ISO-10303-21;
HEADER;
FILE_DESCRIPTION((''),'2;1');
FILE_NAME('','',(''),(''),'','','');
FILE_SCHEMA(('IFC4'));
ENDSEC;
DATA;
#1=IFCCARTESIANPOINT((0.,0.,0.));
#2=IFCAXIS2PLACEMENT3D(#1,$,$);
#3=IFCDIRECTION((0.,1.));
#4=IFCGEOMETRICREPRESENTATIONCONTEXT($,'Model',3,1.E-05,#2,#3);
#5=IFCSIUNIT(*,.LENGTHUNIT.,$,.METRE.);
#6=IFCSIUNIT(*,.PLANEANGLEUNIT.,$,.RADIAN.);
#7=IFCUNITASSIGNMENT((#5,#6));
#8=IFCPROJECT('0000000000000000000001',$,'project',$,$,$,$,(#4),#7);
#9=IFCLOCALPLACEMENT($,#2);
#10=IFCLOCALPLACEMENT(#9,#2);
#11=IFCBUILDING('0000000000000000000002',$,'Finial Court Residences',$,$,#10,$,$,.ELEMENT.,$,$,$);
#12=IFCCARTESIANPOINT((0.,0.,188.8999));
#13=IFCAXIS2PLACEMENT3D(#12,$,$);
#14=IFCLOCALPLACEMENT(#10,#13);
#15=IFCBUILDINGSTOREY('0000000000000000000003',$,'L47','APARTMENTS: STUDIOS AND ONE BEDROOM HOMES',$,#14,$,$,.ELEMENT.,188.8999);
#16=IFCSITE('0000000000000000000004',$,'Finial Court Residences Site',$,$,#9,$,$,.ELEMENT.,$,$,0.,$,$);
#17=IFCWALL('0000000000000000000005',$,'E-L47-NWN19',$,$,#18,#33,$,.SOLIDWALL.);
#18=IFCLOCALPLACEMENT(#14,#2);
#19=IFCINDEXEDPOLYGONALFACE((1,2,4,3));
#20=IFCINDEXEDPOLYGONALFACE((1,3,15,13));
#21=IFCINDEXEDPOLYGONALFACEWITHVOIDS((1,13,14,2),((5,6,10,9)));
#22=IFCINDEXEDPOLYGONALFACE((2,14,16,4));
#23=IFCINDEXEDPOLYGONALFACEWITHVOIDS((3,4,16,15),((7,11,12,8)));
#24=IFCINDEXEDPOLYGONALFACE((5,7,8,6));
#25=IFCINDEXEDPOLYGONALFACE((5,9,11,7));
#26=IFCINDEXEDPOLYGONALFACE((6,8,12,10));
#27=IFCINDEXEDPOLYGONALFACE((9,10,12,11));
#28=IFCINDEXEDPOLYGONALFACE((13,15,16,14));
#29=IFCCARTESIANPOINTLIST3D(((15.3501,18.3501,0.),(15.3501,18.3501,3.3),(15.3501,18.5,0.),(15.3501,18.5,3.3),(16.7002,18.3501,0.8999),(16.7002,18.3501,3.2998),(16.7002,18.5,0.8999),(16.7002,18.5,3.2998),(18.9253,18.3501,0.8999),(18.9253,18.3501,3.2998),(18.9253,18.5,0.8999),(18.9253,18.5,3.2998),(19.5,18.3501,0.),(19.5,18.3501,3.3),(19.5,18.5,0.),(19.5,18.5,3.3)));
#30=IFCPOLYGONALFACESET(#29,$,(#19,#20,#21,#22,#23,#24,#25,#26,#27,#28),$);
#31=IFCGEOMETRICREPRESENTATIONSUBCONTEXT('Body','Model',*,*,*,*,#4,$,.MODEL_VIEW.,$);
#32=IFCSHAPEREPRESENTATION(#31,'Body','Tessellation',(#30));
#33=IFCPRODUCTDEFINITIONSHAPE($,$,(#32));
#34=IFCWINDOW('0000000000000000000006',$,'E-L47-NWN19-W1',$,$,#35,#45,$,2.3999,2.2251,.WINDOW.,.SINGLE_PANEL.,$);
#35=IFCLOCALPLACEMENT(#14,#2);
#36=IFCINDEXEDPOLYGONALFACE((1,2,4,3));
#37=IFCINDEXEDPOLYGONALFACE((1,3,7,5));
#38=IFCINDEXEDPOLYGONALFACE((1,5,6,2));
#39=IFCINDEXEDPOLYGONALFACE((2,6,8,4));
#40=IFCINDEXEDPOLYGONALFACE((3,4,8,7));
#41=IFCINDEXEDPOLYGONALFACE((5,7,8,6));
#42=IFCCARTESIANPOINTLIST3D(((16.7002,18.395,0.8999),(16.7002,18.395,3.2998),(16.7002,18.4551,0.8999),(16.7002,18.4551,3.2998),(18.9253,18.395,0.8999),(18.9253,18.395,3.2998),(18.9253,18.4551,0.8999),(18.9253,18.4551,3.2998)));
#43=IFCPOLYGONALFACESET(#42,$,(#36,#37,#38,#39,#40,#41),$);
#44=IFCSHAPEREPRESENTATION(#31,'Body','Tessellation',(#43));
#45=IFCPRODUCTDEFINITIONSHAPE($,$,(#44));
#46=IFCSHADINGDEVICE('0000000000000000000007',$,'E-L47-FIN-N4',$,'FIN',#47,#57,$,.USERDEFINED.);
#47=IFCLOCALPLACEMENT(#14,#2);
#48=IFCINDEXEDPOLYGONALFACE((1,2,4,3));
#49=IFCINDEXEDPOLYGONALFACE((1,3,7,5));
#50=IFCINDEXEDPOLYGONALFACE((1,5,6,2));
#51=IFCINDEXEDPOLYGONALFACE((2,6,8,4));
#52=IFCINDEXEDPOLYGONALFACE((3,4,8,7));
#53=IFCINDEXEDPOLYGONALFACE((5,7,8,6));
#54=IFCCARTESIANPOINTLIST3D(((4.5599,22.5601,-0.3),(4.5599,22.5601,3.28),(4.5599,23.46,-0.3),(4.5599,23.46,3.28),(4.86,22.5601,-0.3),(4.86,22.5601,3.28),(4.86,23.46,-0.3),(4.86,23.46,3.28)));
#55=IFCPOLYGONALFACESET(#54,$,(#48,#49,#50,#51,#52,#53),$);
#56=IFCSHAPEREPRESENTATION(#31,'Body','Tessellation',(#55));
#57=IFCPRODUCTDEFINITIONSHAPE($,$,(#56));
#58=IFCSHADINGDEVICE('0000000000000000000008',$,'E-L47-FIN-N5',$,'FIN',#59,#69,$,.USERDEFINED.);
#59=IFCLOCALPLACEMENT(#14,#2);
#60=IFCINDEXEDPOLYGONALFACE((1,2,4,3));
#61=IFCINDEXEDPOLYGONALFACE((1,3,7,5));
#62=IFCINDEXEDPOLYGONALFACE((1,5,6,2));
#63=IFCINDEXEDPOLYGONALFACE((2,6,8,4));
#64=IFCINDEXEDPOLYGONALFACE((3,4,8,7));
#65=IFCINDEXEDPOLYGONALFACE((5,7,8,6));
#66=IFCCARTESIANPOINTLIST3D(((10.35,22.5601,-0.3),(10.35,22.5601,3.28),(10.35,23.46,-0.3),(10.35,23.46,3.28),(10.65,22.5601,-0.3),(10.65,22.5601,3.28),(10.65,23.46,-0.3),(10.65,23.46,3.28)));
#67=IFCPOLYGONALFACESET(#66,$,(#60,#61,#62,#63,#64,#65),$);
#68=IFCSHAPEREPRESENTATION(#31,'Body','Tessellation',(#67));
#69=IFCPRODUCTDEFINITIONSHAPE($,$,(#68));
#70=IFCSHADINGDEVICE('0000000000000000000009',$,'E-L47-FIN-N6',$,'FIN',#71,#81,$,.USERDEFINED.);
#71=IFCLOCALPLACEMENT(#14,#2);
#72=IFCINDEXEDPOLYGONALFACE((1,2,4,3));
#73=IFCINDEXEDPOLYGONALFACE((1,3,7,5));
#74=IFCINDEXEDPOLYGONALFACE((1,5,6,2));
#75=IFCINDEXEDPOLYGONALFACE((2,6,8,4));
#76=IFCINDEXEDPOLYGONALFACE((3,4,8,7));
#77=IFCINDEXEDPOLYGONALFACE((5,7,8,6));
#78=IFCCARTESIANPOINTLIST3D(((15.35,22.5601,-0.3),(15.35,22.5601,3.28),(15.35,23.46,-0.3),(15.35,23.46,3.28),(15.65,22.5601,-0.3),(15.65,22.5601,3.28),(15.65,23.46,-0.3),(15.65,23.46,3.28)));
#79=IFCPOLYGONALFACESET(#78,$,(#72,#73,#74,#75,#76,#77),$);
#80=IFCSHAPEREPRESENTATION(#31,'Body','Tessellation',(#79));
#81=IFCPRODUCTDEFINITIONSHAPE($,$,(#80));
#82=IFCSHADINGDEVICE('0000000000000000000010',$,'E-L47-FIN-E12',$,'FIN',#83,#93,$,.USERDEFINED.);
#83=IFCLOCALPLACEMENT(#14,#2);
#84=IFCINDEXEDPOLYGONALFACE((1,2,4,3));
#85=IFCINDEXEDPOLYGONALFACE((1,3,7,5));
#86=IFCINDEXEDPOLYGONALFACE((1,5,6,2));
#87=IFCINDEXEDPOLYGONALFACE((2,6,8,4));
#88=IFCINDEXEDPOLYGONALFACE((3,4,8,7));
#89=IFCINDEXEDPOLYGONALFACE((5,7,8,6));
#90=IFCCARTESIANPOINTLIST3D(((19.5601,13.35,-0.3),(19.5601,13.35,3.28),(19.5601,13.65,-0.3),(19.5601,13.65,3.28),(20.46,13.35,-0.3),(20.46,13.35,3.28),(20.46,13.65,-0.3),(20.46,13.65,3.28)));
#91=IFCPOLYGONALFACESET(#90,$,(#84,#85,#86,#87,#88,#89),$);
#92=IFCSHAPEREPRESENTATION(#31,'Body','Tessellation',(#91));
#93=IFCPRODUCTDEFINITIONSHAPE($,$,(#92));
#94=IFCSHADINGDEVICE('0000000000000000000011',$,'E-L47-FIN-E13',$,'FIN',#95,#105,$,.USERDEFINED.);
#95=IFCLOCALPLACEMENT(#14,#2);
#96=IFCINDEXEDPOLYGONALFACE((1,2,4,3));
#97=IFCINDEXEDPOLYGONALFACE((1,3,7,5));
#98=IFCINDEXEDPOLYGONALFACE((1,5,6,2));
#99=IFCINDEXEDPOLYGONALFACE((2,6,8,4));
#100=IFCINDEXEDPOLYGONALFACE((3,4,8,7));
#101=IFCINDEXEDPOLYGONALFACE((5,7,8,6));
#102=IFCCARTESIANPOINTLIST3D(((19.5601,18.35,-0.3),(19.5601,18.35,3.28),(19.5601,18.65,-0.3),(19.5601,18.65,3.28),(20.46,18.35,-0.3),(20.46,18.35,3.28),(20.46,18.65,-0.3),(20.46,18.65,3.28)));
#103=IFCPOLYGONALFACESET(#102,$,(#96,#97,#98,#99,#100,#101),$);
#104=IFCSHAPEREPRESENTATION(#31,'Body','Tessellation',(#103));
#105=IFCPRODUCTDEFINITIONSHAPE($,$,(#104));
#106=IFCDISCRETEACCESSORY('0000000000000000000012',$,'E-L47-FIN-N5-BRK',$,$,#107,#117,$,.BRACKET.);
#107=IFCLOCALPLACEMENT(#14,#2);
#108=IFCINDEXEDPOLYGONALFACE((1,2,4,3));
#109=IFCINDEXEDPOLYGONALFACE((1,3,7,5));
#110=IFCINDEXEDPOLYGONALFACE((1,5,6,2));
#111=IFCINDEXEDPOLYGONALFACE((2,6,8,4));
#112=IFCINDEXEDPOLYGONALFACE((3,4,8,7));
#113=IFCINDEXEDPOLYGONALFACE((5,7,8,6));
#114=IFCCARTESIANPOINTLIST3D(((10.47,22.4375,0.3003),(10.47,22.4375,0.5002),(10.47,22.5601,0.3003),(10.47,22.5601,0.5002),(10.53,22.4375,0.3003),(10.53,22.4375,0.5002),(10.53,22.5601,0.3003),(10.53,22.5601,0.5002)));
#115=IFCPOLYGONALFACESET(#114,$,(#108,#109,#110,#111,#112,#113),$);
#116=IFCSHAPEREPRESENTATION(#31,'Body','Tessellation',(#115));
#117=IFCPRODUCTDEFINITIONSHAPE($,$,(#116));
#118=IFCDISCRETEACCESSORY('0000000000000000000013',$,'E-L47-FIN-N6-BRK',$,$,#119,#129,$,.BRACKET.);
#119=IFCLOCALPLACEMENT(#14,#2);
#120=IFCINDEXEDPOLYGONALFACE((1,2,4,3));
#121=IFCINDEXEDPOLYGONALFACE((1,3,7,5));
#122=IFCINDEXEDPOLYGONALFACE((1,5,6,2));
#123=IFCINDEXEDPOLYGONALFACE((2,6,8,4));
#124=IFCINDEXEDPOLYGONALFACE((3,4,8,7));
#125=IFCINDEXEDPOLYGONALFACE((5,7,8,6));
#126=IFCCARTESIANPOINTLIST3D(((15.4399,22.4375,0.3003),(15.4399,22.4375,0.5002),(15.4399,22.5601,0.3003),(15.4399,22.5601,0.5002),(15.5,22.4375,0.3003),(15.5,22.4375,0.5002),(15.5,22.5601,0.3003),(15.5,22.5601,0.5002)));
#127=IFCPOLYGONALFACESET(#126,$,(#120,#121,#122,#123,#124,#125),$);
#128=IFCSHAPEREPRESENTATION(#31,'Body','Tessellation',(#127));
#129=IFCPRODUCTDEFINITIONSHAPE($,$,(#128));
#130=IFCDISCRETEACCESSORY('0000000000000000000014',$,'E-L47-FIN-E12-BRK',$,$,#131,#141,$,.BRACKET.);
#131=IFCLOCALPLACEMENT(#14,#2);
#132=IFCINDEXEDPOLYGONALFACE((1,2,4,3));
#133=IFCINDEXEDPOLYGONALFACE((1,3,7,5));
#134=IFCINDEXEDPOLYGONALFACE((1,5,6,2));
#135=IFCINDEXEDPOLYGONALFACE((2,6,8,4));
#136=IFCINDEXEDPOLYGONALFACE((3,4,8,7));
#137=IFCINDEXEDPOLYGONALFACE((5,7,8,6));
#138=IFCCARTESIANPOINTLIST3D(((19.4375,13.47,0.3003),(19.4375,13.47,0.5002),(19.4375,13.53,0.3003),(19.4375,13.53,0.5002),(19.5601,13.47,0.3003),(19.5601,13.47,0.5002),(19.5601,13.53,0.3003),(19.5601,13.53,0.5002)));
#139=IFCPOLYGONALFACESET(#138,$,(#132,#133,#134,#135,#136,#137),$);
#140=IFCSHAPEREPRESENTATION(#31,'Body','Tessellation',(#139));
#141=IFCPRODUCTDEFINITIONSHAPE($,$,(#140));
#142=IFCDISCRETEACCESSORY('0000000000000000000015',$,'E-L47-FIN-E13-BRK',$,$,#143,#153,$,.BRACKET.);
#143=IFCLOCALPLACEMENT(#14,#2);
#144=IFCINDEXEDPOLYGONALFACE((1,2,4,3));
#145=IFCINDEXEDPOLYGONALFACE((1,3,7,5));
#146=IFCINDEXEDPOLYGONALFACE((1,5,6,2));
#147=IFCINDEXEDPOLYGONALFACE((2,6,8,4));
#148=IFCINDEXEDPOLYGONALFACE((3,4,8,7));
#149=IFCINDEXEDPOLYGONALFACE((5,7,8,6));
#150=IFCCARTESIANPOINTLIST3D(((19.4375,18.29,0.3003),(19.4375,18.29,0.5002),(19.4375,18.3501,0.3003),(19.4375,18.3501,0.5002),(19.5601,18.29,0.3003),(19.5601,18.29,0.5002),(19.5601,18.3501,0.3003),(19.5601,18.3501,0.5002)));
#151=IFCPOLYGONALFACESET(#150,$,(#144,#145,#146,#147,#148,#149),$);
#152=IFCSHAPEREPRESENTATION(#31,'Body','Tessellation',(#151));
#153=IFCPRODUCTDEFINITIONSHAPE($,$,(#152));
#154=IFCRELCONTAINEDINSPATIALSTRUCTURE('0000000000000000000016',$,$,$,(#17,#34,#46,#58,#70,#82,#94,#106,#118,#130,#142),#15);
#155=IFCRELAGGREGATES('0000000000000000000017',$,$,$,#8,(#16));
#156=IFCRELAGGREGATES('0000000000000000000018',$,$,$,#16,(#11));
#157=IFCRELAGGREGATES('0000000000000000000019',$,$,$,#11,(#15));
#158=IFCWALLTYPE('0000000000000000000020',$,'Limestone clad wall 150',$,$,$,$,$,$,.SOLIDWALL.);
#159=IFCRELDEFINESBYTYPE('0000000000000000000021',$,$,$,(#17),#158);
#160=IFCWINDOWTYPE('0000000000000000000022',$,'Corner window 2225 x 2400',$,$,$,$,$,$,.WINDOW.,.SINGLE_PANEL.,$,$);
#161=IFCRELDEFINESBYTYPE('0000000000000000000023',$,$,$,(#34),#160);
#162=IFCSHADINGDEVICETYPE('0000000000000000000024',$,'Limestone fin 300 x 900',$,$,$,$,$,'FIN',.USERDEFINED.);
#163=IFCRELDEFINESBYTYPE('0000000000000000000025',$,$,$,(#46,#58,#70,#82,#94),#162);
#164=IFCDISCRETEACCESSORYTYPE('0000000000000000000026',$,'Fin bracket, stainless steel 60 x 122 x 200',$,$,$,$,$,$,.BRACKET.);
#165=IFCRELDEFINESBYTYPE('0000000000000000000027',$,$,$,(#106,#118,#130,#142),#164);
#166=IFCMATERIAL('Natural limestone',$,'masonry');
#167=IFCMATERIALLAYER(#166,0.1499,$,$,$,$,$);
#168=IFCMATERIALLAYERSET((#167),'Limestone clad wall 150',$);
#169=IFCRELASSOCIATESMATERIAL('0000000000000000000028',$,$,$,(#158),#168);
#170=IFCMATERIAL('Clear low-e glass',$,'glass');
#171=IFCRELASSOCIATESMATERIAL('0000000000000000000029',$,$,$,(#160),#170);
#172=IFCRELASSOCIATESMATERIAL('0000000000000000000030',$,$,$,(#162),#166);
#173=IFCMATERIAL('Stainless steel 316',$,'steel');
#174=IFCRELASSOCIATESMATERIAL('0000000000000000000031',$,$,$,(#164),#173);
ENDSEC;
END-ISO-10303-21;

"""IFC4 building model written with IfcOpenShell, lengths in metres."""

from ifc_helpers import new_model, si_unit, direction, frame, frame_2d, origin, origin_2d, place, context, subcontext, project, spatial, rectangle, extrude, material, layer, layer_set, type_object, element, fill, save


model = new_model("IFC4")

# Units and contexts
model_context = context("Model", 3, precision=1e-05, world=origin(), true_north=direction((0.0, 1.0)))
body_context = subcontext(model_context, "Body", "Model", "MODEL_VIEW")
ifc_project = project(units=[si_unit("LENGTHUNIT", "METRE"), si_unit("PLANEANGLEUNIT", "RADIAN")], contexts=[model_context])

# Site, building, storey
site_placement = place(None, origin())
site = spatial("IfcSite", under=ifc_project, at=site_placement, Name="Finial Court Residences Site", CompositionType="ELEMENT", RefElevation=0.0)
building_placement = place(site_placement, origin())
building = spatial("IfcBuilding", under=site, at=building_placement, Name="Finial Court Residences", CompositionType="ELEMENT")
storey_placement = place(building_placement, frame((0.0, 0.0, 188.8999)))
storey = spatial("IfcBuildingStorey", under=building, at=storey_placement, Name="L47", Description="APARTMENTS: STUDIOS AND ONE BEDROOM HOMES", CompositionType="ELEMENT", Elevation=188.8999)

# Shared definitions
ifc_material_1 = material(Name="Clear low-e glass", Category="glass")

# Wall, opening, window
ifc_material_2 = material(Name="Natural limestone", Category="masonry")
ifc_layer_1 = layer(ifc_material_2, 0.1499)
ifc_layer_set_1 = layer_set([ifc_layer_1], Name="Limestone clad wall 150")
wall_type_1 = type_object("IfcWallType", Name="Limestone clad wall 150", PredefinedType="SOLIDWALL", material=ifc_layer_set_1)
wall_1_placement = place(storey_placement, frame((15.3501, 18.425, 0.0), z_axis=(0.0, 0.0, 1.0), x_axis=(1.0, 0.0, 0.0)))
wall_1 = element("IfcWall", 1, at=wall_1_placement, inside=storey, type_object=wall_type_1, Name="E-L47-NWN19", PredefinedType="SOLIDWALL", context=body_context, shape_type="SweptSolid", body=[
    extrude(rectangle(XDim=4.1499, YDim=0.1499, at=frame_2d((2.075, 0.0))), origin(), (0.0, 0.0, 1.0), 3.3),
])
opening_1_placement = place(wall_1_placement, frame((1.3501, 0.0, 0.8999)))
opening_1 = element("IfcOpeningElement", 2, at=opening_1_placement, cuts=wall_1, PredefinedType="OPENING", context=body_context, shape_type="SweptSolid", body=[
    extrude(rectangle(XDim=2.2251, YDim=2.3999, at=frame_2d((1.1125, 1.2))), frame((0.0, 0.085, 0.0), z_axis=(0.0, -1.0, 0.0), x_axis=(1.0, 0.0, 0.0)), (0.0, 0.0, 1.0), 0.1699),
])
window_type_1 = type_object("IfcWindowType", Name="Corner window 2225 x 2400", PartitioningType="SINGLE_PANEL", PredefinedType="WINDOW", material=ifc_material_1)
window_1_placement = place(opening_1_placement, origin())
window_1 = element("IfcWindow", 3, at=window_1_placement, inside=storey, type_object=window_type_1, Name="E-L47-NWN19-W1", OverallHeight=2.3999, OverallWidth=2.2251, PartitioningType="SINGLE_PANEL", PredefinedType="WINDOW", context=body_context, shape_type="SweptSolid", body=[
    extrude(rectangle(XDim=2.2251, YDim=2.3999, at=frame_2d((1.1125, 1.2))), frame((0.0, 0.03, 0.0), z_axis=(0.0, -1.0, 0.0), x_axis=(1.0, 0.0, 0.0)), (0.0, 0.0, 1.0), 0.0601),
])
fill(opening_1, window_1)

# Shading devices
shading_device_type = type_object("IfcShadingDeviceType", Name="Limestone fin 300 x 900", ElementType="FIN", PredefinedType="USERDEFINED", material=ifc_material_2)
for number, where, z_axis, x_axis, name in (
    (4, (4.71, 23.01, -0.3), (0.0, 0.0, 1.0), (1.0, 0.0, 0.0), "E-L47-FIN-N4"),
    (5, (10.5, 23.01, -0.3), (0.0, 0.0, 1.0), (1.0, 0.0, 0.0), "E-L47-FIN-N5"),
    (6, (15.5, 23.01, -0.3), (0.0, 0.0, 1.0), (1.0, 0.0, 0.0), "E-L47-FIN-N6"),
):
    element("IfcShadingDevice", number, at=place(storey_placement, frame(where, z_axis=z_axis, x_axis=x_axis)), inside=storey, type_object=shading_device_type, Name=name, ObjectType="FIN", PredefinedType="USERDEFINED", context=body_context, shape_type="SweptSolid", body=[
        extrude(rectangle(XDim=0.3, YDim=0.8999, at=origin_2d()), origin(), (0.0, 0.0, 1.0), 3.5801),
    ])
for number, where, z_axis, x_axis, name in (
    (7, (20.01, 13.5, -0.3), (0.0, 0.0, 1.0), (1.0, 0.0, 0.0), "E-L47-FIN-E12"),
    (8, (20.01, 18.5, -0.3), (0.0, 0.0, 1.0), (1.0, 0.0, 0.0), "E-L47-FIN-E13"),
):
    element("IfcShadingDevice", number, at=place(storey_placement, frame(where, z_axis=z_axis, x_axis=x_axis)), inside=storey, type_object=shading_device_type, Name=name, ObjectType="FIN", PredefinedType="USERDEFINED", context=body_context, shape_type="SweptSolid", body=[
        extrude(rectangle(XDim=0.8999, YDim=0.3, at=origin_2d()), origin(), (0.0, 0.0, 1.0), 3.5801),
    ])

# Discrete accessories
ifc_material_3 = material(Name="Stainless steel 316", Category="steel")
discrete_accessory_type = type_object("IfcDiscreteAccessoryType", Name="Fin bracket, stainless steel 60 x 122 x 200", PredefinedType="BRACKET", material=ifc_material_3)
for number, where, z_axis, x_axis, name in (
    (9, (10.5, 22.4988, 0.3003), (0.0, 0.0, 1.0), (1.0, 0.0, 0.0), "E-L47-FIN-N5-BRK"),
    (10, (15.47, 22.4988, 0.3003), (0.0, 0.0, 1.0), (1.0, 0.0, 0.0), "E-L47-FIN-N6-BRK"),
):
    element("IfcDiscreteAccessory", number, at=place(storey_placement, frame(where, z_axis=z_axis, x_axis=x_axis)), inside=storey, type_object=discrete_accessory_type, Name=name, PredefinedType="BRACKET", context=body_context, shape_type="SweptSolid", body=[
        extrude(rectangle(XDim=0.0601, YDim=0.1226, at=origin_2d()), origin(), (0.0, 0.0, 1.0), 0.2),
    ])
for number, where, z_axis, x_axis, name in (
    (11, (19.4988, 13.5, 0.3003), (0.0, 0.0, 1.0), (1.0, 0.0, 0.0), "E-L47-FIN-E12-BRK"),
    (12, (19.4988, 18.3201, 0.3003), (0.0, 0.0, 1.0), (1.0, 0.0, 0.0), "E-L47-FIN-E13-BRK"),
):
    element("IfcDiscreteAccessory", number, at=place(storey_placement, frame(where, z_axis=z_axis, x_axis=x_axis)), inside=storey, type_object=discrete_accessory_type, Name=name, PredefinedType="BRACKET", context=body_context, shape_type="SweptSolid", body=[
        extrude(rectangle(XDim=0.1226, YDim=0.0601, at=origin_2d()), origin(), (0.0, 0.0, 1.0), 0.2),
    ])

save(model, "model.ifc")
